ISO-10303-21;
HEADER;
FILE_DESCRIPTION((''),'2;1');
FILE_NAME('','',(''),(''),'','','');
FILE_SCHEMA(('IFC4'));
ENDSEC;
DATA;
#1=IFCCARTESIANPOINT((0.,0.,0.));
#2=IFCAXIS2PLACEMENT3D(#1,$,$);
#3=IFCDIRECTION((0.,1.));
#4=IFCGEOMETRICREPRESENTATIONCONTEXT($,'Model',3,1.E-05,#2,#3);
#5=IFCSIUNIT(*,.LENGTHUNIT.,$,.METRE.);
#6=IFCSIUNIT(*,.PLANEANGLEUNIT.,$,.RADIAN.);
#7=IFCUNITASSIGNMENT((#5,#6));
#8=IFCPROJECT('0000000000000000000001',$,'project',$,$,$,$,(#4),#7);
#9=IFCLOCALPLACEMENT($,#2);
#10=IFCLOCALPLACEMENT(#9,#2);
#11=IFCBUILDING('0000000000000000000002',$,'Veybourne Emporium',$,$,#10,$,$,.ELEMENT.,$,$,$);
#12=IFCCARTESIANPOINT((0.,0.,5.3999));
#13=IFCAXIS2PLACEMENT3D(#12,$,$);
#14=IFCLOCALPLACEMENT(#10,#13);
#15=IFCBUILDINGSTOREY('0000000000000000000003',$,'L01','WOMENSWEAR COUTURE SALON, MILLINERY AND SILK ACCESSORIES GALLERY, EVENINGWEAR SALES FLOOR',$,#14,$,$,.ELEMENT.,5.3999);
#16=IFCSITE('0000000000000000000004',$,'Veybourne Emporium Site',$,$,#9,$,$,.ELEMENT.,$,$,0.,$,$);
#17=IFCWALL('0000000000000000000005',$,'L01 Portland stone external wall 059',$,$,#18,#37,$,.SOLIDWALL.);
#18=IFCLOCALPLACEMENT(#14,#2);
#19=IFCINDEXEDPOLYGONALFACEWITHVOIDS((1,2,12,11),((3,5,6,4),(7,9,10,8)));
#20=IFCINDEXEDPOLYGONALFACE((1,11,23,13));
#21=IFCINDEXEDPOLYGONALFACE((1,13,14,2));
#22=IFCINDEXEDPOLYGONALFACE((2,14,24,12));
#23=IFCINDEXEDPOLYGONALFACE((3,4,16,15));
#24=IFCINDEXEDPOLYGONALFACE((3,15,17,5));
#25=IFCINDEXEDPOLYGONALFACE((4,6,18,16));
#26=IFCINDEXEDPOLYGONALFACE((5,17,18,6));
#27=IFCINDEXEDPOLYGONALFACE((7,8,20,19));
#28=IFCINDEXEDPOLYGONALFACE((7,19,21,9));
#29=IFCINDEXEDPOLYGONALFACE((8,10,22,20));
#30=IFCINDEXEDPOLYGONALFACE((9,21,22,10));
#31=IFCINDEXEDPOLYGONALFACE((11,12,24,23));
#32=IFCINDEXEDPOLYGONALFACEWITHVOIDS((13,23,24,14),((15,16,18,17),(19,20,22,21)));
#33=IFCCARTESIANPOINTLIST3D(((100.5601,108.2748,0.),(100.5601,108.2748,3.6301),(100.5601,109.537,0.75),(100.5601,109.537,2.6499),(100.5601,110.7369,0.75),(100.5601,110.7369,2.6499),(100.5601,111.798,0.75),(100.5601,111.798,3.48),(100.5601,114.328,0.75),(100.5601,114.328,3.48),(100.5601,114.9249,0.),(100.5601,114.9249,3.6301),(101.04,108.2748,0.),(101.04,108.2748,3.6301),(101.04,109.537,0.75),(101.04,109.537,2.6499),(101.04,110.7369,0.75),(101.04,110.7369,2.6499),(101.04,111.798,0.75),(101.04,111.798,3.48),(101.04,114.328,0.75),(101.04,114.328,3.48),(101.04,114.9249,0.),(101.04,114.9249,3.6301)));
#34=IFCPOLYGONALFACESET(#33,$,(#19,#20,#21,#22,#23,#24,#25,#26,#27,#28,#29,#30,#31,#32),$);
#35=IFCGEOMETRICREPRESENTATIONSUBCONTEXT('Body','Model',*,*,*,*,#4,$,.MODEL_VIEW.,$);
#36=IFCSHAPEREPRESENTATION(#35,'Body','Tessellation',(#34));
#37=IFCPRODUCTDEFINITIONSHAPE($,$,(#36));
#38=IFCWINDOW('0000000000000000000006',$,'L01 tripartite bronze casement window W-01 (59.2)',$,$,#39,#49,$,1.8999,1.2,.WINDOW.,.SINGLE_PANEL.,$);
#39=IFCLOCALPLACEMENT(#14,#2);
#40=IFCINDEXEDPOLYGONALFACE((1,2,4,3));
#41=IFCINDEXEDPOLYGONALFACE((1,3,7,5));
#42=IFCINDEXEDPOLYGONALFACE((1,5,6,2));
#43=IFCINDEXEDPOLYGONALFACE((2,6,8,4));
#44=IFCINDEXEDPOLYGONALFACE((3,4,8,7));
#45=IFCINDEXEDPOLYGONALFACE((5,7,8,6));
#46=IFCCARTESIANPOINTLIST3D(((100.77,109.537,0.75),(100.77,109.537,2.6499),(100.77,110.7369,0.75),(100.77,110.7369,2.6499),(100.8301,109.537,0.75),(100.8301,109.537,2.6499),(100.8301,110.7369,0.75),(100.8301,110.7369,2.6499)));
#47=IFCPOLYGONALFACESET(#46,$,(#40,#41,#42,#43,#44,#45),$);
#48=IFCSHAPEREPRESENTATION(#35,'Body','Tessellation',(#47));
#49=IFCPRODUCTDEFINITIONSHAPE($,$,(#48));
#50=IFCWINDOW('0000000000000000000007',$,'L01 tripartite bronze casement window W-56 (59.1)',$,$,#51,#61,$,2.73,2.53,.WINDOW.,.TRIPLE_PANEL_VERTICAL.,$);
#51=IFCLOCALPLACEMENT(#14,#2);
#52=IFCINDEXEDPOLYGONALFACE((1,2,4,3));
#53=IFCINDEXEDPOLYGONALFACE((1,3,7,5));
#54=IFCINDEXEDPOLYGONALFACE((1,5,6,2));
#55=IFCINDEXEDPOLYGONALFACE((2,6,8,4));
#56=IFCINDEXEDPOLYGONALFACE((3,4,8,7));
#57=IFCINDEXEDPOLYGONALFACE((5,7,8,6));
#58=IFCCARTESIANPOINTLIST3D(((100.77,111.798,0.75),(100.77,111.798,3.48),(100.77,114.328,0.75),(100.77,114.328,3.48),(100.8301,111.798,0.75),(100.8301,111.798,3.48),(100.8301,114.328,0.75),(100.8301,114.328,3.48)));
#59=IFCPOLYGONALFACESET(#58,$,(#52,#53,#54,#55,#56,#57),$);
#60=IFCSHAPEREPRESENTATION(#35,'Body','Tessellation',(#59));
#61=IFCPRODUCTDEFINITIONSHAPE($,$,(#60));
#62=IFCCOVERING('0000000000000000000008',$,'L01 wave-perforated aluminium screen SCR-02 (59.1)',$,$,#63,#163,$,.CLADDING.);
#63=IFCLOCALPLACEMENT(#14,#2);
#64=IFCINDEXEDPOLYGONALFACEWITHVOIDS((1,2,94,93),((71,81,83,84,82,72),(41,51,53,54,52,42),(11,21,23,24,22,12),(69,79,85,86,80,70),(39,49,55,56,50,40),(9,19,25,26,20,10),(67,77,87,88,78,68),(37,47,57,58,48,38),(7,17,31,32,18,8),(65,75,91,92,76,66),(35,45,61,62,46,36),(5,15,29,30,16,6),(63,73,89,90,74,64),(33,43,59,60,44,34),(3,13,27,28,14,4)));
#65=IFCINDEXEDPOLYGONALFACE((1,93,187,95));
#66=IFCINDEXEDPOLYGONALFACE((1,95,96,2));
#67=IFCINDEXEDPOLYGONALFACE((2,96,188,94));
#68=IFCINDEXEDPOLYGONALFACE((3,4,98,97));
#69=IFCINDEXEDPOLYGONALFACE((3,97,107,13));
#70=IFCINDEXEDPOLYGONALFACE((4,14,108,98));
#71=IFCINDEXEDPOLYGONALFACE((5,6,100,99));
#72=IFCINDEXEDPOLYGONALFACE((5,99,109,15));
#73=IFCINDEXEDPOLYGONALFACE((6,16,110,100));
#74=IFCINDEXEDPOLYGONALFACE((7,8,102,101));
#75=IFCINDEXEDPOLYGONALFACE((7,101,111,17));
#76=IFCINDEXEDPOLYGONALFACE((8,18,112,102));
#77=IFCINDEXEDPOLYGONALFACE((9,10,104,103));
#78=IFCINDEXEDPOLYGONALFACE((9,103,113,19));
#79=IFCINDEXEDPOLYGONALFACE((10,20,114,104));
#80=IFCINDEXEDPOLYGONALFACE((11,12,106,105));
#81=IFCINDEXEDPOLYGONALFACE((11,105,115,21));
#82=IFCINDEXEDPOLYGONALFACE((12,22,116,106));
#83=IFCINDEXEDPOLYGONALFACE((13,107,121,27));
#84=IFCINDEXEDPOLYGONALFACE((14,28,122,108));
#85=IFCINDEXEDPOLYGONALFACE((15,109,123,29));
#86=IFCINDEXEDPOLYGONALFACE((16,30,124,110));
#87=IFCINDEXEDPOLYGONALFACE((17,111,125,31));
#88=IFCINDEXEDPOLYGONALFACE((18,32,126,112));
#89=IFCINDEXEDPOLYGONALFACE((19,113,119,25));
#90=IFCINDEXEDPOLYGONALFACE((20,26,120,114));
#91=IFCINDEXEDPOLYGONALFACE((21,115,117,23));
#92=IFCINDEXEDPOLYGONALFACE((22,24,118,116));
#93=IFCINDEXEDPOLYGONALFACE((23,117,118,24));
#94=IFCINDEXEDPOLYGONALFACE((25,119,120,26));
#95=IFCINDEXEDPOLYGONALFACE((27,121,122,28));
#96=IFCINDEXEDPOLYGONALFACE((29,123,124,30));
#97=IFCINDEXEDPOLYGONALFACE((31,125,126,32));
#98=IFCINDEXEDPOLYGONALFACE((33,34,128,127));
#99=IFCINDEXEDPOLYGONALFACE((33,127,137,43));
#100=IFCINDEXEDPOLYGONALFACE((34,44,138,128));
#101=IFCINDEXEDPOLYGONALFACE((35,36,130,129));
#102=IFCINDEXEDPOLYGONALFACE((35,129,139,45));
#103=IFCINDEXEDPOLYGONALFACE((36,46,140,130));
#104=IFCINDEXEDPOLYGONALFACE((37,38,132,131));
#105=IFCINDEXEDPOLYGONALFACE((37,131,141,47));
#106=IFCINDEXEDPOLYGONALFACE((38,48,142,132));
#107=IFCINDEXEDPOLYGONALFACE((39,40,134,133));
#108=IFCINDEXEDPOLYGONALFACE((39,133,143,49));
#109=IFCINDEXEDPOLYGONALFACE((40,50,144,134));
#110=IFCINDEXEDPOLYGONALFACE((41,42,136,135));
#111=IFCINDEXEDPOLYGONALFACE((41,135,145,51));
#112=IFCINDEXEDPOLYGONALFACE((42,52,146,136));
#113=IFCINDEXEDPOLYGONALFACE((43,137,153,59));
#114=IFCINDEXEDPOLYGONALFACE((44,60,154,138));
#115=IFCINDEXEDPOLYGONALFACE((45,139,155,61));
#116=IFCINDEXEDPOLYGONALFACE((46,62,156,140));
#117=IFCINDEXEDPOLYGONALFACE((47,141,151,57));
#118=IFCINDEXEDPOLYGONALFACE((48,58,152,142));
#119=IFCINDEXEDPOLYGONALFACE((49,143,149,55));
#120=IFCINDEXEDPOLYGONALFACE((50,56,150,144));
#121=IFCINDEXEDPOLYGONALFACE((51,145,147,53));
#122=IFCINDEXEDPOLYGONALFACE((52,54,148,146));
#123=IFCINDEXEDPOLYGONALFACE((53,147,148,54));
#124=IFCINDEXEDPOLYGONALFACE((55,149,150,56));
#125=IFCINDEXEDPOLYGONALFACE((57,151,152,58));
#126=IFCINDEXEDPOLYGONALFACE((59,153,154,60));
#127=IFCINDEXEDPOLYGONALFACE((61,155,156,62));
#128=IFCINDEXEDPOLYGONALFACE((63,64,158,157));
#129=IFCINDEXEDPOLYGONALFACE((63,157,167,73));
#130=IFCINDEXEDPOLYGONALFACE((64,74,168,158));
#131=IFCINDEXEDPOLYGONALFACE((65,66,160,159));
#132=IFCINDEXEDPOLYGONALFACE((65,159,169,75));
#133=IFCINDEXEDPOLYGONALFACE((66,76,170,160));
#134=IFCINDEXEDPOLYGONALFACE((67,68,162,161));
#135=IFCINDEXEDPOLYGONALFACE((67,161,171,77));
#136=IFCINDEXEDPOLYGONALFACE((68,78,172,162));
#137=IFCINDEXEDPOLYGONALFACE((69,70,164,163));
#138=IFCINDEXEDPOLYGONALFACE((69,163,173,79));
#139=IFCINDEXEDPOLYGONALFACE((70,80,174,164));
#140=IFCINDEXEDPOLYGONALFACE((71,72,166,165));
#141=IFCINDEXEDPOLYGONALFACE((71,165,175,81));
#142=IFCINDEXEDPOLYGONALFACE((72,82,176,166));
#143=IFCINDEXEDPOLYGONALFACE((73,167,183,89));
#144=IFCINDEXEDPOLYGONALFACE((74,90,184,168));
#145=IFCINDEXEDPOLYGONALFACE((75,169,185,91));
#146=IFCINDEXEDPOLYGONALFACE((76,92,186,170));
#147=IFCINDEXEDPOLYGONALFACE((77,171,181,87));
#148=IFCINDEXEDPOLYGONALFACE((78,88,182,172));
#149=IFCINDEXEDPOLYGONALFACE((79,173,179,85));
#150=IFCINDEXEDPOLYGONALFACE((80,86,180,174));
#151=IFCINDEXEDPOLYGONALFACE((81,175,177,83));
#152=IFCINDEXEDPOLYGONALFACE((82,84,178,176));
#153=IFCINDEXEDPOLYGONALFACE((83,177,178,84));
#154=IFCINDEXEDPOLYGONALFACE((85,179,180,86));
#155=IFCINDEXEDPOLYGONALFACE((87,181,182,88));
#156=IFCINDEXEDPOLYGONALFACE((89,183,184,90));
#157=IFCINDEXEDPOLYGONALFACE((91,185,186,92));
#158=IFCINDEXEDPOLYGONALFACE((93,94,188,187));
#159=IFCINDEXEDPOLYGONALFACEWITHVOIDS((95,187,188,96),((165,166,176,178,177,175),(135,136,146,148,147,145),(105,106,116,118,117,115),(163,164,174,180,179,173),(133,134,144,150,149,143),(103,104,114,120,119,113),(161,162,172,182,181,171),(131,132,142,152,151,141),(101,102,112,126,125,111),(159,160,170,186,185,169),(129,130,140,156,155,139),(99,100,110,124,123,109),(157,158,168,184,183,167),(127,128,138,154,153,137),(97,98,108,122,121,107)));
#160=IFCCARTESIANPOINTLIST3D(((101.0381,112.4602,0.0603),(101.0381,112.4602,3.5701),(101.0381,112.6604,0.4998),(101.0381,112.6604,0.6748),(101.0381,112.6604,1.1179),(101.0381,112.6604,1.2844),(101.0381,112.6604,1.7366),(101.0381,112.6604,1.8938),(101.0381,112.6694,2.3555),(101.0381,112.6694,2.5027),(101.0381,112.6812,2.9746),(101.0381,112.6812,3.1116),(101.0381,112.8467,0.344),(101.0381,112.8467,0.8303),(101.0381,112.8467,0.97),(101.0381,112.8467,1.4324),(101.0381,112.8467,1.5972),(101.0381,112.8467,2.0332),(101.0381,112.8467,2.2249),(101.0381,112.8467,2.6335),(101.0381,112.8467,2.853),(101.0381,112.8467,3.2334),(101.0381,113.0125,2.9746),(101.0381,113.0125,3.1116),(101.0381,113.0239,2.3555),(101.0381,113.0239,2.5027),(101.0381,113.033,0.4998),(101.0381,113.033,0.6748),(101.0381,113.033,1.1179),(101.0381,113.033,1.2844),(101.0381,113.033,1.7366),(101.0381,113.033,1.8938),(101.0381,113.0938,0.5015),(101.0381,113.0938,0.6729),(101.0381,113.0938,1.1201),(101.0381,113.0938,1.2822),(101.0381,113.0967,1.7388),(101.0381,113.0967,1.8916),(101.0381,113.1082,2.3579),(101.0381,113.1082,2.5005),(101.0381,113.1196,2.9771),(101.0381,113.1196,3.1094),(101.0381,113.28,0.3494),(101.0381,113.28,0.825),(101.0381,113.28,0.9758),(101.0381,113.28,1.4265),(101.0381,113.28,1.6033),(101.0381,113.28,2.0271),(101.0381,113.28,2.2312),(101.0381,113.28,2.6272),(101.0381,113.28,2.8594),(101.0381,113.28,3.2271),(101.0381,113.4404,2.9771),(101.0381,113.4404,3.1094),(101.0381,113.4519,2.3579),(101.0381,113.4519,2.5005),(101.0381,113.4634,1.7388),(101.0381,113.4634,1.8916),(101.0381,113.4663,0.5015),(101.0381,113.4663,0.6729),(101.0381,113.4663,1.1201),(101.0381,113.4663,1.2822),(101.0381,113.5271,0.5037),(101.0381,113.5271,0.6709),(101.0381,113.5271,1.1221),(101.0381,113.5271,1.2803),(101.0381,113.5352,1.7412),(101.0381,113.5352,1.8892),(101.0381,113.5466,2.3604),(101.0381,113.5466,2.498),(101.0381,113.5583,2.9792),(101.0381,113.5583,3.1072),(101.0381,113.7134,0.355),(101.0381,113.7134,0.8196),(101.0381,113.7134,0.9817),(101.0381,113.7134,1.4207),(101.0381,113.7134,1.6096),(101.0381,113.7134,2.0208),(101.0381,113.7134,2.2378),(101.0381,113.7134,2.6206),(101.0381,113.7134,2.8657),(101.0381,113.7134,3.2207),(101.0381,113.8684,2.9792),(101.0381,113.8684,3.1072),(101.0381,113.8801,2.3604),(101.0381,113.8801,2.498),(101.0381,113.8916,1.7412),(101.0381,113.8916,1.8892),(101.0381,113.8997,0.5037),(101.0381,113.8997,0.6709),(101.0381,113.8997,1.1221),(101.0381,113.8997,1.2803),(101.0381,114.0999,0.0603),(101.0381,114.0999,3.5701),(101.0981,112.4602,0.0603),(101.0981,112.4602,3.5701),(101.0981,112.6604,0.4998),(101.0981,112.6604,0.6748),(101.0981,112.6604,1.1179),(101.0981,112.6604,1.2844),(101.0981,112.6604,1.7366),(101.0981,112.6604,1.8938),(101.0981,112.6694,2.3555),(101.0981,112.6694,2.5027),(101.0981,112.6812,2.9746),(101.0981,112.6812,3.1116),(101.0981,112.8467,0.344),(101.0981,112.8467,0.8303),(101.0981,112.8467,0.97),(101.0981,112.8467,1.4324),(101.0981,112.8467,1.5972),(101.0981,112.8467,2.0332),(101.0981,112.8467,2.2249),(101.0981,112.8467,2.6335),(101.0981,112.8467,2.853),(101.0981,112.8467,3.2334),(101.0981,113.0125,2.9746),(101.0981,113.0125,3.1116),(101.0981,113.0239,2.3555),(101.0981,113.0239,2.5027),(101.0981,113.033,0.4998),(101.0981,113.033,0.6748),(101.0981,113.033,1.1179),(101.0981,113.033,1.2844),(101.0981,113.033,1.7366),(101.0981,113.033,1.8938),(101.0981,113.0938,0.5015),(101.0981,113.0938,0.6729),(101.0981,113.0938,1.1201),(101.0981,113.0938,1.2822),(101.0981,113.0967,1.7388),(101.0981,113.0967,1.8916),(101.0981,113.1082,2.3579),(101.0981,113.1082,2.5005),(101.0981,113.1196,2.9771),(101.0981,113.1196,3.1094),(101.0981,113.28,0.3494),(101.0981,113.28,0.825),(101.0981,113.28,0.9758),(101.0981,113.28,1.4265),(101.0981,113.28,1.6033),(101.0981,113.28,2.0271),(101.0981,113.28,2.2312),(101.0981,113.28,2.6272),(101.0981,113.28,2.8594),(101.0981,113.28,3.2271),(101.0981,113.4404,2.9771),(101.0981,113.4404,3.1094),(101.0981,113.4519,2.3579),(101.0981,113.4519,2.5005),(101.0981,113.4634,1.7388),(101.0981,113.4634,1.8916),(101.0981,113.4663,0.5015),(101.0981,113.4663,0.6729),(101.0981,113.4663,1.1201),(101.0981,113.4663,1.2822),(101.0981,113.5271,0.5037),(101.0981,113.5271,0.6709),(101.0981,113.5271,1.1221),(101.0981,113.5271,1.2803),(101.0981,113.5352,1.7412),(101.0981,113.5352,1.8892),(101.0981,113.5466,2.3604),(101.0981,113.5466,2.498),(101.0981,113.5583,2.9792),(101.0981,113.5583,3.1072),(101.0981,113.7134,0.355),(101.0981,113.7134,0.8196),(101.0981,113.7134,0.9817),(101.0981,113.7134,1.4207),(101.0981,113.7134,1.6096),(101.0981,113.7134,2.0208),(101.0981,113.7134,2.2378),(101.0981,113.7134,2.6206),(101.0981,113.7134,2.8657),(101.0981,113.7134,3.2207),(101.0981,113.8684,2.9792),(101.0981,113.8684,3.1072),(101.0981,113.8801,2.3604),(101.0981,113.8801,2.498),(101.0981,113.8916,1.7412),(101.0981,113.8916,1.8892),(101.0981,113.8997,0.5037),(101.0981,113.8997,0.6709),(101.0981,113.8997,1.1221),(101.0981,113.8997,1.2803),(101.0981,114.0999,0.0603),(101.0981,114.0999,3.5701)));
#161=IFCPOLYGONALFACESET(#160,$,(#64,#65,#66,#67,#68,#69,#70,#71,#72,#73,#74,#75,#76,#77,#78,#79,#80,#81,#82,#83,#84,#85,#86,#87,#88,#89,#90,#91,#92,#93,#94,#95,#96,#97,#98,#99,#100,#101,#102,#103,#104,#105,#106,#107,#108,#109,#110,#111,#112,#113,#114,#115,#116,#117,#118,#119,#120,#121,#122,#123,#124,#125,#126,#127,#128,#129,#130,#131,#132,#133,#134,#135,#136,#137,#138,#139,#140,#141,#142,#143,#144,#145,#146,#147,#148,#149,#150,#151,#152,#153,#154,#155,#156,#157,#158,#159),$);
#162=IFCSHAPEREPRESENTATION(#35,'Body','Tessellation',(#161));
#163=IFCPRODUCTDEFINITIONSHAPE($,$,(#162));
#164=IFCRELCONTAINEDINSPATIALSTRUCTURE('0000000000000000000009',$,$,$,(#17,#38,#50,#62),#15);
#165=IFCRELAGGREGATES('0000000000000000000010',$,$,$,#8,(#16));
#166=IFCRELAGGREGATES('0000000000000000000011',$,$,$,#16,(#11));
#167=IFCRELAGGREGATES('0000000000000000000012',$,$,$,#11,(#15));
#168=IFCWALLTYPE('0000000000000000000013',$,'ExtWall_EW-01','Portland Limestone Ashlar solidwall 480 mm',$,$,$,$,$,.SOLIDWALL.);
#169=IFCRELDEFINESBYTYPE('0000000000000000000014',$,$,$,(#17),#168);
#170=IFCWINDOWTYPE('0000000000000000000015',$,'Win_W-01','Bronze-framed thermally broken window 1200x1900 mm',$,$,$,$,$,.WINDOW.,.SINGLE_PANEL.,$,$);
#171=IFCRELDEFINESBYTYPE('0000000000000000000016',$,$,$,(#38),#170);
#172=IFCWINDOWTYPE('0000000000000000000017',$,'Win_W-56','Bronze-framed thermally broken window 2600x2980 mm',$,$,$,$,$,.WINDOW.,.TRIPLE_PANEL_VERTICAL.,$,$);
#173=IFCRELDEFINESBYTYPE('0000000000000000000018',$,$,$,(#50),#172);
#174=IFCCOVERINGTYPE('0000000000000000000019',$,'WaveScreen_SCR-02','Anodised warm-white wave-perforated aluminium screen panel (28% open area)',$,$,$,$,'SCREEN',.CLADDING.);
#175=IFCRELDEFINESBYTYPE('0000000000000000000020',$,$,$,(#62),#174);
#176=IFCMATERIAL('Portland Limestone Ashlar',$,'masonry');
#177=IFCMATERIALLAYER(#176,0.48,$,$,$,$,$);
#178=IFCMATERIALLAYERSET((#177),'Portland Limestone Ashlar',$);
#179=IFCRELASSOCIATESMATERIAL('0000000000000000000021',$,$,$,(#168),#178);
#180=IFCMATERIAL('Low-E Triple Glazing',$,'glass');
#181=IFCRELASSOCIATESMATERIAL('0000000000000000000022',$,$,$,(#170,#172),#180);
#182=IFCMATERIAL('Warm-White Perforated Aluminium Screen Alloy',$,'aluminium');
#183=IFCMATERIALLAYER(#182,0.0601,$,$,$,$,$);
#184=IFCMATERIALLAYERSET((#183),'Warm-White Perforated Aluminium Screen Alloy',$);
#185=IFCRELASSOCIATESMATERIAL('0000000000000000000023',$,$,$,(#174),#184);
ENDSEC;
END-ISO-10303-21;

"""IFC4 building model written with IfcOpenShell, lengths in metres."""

from ifc_helpers import new_model, si_unit, direction, frame, frame_2d, origin, place, context, subcontext, project, spatial, polyline, rectangle, outline, extrude, material, layer, layer_set, type_object, element, fill, save


model = new_model("IFC4")

# Units and contexts
model_context = context("Model", 3, precision=1e-05, world=origin(), true_north=direction((0.0, 1.0)))
body_context = subcontext(model_context, "Body", "Model", "MODEL_VIEW")
ifc_project = project(units=[si_unit("LENGTHUNIT", "METRE"), si_unit("PLANEANGLEUNIT", "RADIAN")], contexts=[model_context])

# Site, building, storey
site_placement = place(None, origin())
site = spatial("IfcSite", under=ifc_project, at=site_placement, Name="Veybourne Emporium Site", CompositionType="ELEMENT", RefElevation=0.0)
building_placement = place(site_placement, origin())
building = spatial("IfcBuilding", under=site, at=building_placement, Name="Veybourne Emporium", CompositionType="ELEMENT")
storey_placement = place(building_placement, frame((0.0, 0.0, 5.3999)))
storey = spatial("IfcBuildingStorey", under=building, at=storey_placement, Name="L01", Description="WOMENSWEAR COUTURE SALON, MILLINERY AND SILK ACCESSORIES GALLERY, EVENINGWEAR SALES FLOOR", CompositionType="ELEMENT", Elevation=5.3999)

# Shared definitions
ifc_material_1 = material(Name="Low-E Triple Glazing", Category="glass")

# Wall, openings, windows
ifc_material_2 = material(Name="Portland Limestone Ashlar", Category="masonry")
ifc_layer_1 = layer(ifc_material_2, 0.48)
ifc_layer_set_1 = layer_set([ifc_layer_1], Name="Portland Limestone Ashlar")
wall_type = type_object("IfcWallType", Name="ExtWall_EW-01", Description="Portland Limestone Ashlar solidwall 480 mm", PredefinedType="SOLIDWALL", material=ifc_layer_set_1)
wall_placement = place(storey_placement, frame((100.8, 114.925, 0.0), z_axis=(0.0, 0.0, 1.0), x_axis=(0.0, -1.0, 0.0)))
wall = element("IfcWall", 1, at=wall_placement, inside=storey, type_object=wall_type, Name="L01 Portland stone external wall 059", PredefinedType="SOLIDWALL", context=body_context, shape_type="SweptSolid", body=[
    extrude(rectangle(XDim=6.6501, YDim=0.48, at=frame_2d((3.3252, 0.0))), origin(), (0.0, 0.0, 1.0), 3.6301),
])
opening_1_placement = place(wall_placement, frame((0.5969, 0.0, 0.75)))
opening_1 = element("IfcOpeningElement", 2, at=opening_1_placement, cuts=wall, PredefinedType="OPENING", context=body_context, shape_type="SweptSolid", body=[
    extrude(rectangle(XDim=2.53, YDim=2.73, at=frame_2d((1.2651, 1.365))), frame((0.0, 0.26, 0.0), z_axis=(0.0, -1.0, 0.0), x_axis=(1.0, 0.0, 0.0)), (0.0, 0.0, 1.0), 0.52),
])
opening_2_placement = place(wall_placement, frame((4.188, 0.0, 0.75)))
opening_2 = element("IfcOpeningElement", 3, at=opening_2_placement, cuts=wall, PredefinedType="OPENING", context=body_context, shape_type="SweptSolid", body=[
    extrude(rectangle(XDim=1.2, YDim=1.8999, at=frame_2d((0.6001, 0.95))), frame((0.0, 0.26, 0.0), z_axis=(0.0, -1.0, 0.0), x_axis=(1.0, 0.0, 0.0)), (0.0, 0.0, 1.0), 0.52),
])
window_type_1 = type_object("IfcWindowType", Name="Win_W-01", Description="Bronze-framed thermally broken window 1200x1900 mm", PartitioningType="SINGLE_PANEL", PredefinedType="WINDOW", material=ifc_material_1)
window_1_placement = place(opening_2_placement, origin())
window_1 = element("IfcWindow", 4, at=window_1_placement, inside=storey, type_object=window_type_1, Name="L01 tripartite bronze casement window W-01 (59.2)", OverallHeight=1.8999, OverallWidth=1.2, PartitioningType="SINGLE_PANEL", PredefinedType="WINDOW", context=body_context, shape_type="SweptSolid", body=[
    extrude(rectangle(XDim=1.2, YDim=1.8999, at=frame_2d((0.6001, 0.95))), frame((0.0, 0.03, 0.0), z_axis=(0.0, -1.0, 0.0), x_axis=(1.0, 0.0, 0.0)), (0.0, 0.0, 1.0), 0.0601),
])
fill(opening_2, window_1)
window_type_2 = type_object("IfcWindowType", Name="Win_W-56", Description="Bronze-framed thermally broken window 2600x2980 mm", PartitioningType="TRIPLE_PANEL_VERTICAL", PredefinedType="WINDOW", material=ifc_material_1)
window_2_placement = place(opening_1_placement, origin())
window_2 = element("IfcWindow", 5, at=window_2_placement, inside=storey, type_object=window_type_2, Name="L01 tripartite bronze casement window W-56 (59.1)", OverallHeight=2.73, OverallWidth=2.53, PartitioningType="TRIPLE_PANEL_VERTICAL", PredefinedType="WINDOW", context=body_context, shape_type="SweptSolid", body=[
    extrude(rectangle(XDim=2.53, YDim=2.73, at=frame_2d((1.2651, 1.365))), frame((0.0, 0.03, 0.0), z_axis=(0.0, -1.0, 0.0), x_axis=(1.0, 0.0, 0.0)), (0.0, 0.0, 1.0), 0.0601),
])
fill(opening_1, window_2)

# Covering
ifc_material_3 = material(Name="Warm-White Perforated Aluminium Screen Alloy", Category="aluminium")
ifc_layer_2 = layer(ifc_material_3, 0.0601)
ifc_layer_set_2 = layer_set([ifc_layer_2], Name="Warm-White Perforated Aluminium Screen Alloy")
covering_type_1 = type_object("IfcCoveringType", Name="WaveScreen_SCR-02", Description="Anodised warm-white wave-perforated aluminium screen panel (28% open area)", ElementType="SCREEN", PredefinedType="CLADDING", material=ifc_layer_set_2)
covering_1_placement = place(storey_placement, frame((101.0981, 113.28, 1.8152), z_axis=(-1.0, 0.0, 0.0), x_axis=(0.0, -1.0, 0.0)))
element("IfcCovering", 6, at=covering_1_placement, inside=storey, type_object=covering_type_1, Name="L01 wave-perforated aluminium screen SCR-02 (59.1)", PredefinedType="CLADDING", context=body_context, shape_type="SweptSolid", body=[
    extrude(outline(polyline([(-0.8198, -1.7549), (0.8198, -1.7549), (0.8198, 1.7549), (-0.8198, 1.7549), (-0.8198, -1.7549)]), holes=[polyline([(-0.4333, -0.9956), (-0.2471, -1.1443), (-0.2471, -1.3115), (-0.4333, -1.4602), (-0.6196, -1.3115), (-0.6196, -1.1443), (-0.4333, -0.9956)]), polyline([(-0.4333, -0.3945), (-0.2471, -0.5349), (-0.2471, -0.6931), (-0.4333, -0.8335), (-0.6196, -0.6931), (-0.6196, -0.5349), (-0.4333, -0.3945)]), polyline([(-0.4333, 0.2056), (-0.2551, 0.074), (-0.2551, -0.074), (-0.4333, -0.2056), (-0.6116, -0.074), (-0.6116, 0.074), (-0.4333, 0.2056)]), polyline([(-0.4333, 0.8054), (-0.2666, 0.6829), (-0.2666, 0.5452), (-0.4333, 0.4226), (-0.6001, 0.5452), (-0.6001, 0.6829), (-0.4333, 0.8054)]), polyline([(-0.4333, 1.4055), (-0.2783, 1.292), (-0.2783, 1.1641), (-0.4333, 1.0505), (-0.5884, 1.1641), (-0.5884, 1.292), (-0.4333, 1.4055)]), polyline([(0.0, -0.9902), (0.1863, -1.1423), (0.1863, -1.3137), (0.0, -1.4658), (-0.1863, -1.3137), (-0.1863, -1.1423), (0.0, -0.9902)]), polyline([(0.0, -0.3887), (0.1863, -0.533), (0.1863, -0.6951), (0.0, -0.8394), (-0.1863, -0.6951), (-0.1863, -0.533), (0.0, -0.3887)]), polyline([(0.0, 0.2119), (0.1833, 0.0764), (0.1833, -0.0764), (0.0, -0.2119), (-0.1833, -0.0764), (-0.1833, 0.0764), (0.0, 0.2119)]), polyline([(0.0, 0.812), (0.1719, 0.6853), (0.1719, 0.5427), (0.0, 0.416), (-0.1719, 0.5427), (-0.1719, 0.6853), (0.0, 0.812)]), polyline([(0.0, 1.4119), (0.1604, 1.2942), (0.1604, 1.1619), (0.0, 1.0442), (-0.1604, 1.1619), (-0.1604, 1.2942), (0.0, 1.4119)]), polyline([(0.4333, -0.9849), (0.6196, -1.1404), (0.6196, -1.3154), (0.4333, -1.4712), (0.2471, -1.3154), (0.2471, -1.1404), (0.4333, -0.9849)]), polyline([(0.4333, -0.3828), (0.6196, -0.5308), (0.6196, -0.6973), (0.4333, -0.8452), (0.2471, -0.6973), (0.2471, -0.5308), (0.4333, -0.3828)]), polyline([(0.4333, 0.218), (0.6196, 0.0786), (0.6196, -0.0786), (0.4333, -0.218), (0.2471, -0.0786), (0.2471, 0.0786), (0.4333, 0.218)]), polyline([(0.4333, 0.8184), (0.6106, 0.6875), (0.6106, 0.5403), (0.4333, 0.4097), (0.2561, 0.5403), (0.2561, 0.6875), (0.4333, 0.8184)]), polyline([(0.4333, 1.4182), (0.5989, 1.2964), (0.5989, 1.1594), (0.4333, 1.0378), (0.2676, 1.1594), (0.2676, 1.2964), (0.4333, 1.4182)])]), origin(), (0.0, 0.0, 1.0), 0.0601),
])

save(model, "model.ifc")
